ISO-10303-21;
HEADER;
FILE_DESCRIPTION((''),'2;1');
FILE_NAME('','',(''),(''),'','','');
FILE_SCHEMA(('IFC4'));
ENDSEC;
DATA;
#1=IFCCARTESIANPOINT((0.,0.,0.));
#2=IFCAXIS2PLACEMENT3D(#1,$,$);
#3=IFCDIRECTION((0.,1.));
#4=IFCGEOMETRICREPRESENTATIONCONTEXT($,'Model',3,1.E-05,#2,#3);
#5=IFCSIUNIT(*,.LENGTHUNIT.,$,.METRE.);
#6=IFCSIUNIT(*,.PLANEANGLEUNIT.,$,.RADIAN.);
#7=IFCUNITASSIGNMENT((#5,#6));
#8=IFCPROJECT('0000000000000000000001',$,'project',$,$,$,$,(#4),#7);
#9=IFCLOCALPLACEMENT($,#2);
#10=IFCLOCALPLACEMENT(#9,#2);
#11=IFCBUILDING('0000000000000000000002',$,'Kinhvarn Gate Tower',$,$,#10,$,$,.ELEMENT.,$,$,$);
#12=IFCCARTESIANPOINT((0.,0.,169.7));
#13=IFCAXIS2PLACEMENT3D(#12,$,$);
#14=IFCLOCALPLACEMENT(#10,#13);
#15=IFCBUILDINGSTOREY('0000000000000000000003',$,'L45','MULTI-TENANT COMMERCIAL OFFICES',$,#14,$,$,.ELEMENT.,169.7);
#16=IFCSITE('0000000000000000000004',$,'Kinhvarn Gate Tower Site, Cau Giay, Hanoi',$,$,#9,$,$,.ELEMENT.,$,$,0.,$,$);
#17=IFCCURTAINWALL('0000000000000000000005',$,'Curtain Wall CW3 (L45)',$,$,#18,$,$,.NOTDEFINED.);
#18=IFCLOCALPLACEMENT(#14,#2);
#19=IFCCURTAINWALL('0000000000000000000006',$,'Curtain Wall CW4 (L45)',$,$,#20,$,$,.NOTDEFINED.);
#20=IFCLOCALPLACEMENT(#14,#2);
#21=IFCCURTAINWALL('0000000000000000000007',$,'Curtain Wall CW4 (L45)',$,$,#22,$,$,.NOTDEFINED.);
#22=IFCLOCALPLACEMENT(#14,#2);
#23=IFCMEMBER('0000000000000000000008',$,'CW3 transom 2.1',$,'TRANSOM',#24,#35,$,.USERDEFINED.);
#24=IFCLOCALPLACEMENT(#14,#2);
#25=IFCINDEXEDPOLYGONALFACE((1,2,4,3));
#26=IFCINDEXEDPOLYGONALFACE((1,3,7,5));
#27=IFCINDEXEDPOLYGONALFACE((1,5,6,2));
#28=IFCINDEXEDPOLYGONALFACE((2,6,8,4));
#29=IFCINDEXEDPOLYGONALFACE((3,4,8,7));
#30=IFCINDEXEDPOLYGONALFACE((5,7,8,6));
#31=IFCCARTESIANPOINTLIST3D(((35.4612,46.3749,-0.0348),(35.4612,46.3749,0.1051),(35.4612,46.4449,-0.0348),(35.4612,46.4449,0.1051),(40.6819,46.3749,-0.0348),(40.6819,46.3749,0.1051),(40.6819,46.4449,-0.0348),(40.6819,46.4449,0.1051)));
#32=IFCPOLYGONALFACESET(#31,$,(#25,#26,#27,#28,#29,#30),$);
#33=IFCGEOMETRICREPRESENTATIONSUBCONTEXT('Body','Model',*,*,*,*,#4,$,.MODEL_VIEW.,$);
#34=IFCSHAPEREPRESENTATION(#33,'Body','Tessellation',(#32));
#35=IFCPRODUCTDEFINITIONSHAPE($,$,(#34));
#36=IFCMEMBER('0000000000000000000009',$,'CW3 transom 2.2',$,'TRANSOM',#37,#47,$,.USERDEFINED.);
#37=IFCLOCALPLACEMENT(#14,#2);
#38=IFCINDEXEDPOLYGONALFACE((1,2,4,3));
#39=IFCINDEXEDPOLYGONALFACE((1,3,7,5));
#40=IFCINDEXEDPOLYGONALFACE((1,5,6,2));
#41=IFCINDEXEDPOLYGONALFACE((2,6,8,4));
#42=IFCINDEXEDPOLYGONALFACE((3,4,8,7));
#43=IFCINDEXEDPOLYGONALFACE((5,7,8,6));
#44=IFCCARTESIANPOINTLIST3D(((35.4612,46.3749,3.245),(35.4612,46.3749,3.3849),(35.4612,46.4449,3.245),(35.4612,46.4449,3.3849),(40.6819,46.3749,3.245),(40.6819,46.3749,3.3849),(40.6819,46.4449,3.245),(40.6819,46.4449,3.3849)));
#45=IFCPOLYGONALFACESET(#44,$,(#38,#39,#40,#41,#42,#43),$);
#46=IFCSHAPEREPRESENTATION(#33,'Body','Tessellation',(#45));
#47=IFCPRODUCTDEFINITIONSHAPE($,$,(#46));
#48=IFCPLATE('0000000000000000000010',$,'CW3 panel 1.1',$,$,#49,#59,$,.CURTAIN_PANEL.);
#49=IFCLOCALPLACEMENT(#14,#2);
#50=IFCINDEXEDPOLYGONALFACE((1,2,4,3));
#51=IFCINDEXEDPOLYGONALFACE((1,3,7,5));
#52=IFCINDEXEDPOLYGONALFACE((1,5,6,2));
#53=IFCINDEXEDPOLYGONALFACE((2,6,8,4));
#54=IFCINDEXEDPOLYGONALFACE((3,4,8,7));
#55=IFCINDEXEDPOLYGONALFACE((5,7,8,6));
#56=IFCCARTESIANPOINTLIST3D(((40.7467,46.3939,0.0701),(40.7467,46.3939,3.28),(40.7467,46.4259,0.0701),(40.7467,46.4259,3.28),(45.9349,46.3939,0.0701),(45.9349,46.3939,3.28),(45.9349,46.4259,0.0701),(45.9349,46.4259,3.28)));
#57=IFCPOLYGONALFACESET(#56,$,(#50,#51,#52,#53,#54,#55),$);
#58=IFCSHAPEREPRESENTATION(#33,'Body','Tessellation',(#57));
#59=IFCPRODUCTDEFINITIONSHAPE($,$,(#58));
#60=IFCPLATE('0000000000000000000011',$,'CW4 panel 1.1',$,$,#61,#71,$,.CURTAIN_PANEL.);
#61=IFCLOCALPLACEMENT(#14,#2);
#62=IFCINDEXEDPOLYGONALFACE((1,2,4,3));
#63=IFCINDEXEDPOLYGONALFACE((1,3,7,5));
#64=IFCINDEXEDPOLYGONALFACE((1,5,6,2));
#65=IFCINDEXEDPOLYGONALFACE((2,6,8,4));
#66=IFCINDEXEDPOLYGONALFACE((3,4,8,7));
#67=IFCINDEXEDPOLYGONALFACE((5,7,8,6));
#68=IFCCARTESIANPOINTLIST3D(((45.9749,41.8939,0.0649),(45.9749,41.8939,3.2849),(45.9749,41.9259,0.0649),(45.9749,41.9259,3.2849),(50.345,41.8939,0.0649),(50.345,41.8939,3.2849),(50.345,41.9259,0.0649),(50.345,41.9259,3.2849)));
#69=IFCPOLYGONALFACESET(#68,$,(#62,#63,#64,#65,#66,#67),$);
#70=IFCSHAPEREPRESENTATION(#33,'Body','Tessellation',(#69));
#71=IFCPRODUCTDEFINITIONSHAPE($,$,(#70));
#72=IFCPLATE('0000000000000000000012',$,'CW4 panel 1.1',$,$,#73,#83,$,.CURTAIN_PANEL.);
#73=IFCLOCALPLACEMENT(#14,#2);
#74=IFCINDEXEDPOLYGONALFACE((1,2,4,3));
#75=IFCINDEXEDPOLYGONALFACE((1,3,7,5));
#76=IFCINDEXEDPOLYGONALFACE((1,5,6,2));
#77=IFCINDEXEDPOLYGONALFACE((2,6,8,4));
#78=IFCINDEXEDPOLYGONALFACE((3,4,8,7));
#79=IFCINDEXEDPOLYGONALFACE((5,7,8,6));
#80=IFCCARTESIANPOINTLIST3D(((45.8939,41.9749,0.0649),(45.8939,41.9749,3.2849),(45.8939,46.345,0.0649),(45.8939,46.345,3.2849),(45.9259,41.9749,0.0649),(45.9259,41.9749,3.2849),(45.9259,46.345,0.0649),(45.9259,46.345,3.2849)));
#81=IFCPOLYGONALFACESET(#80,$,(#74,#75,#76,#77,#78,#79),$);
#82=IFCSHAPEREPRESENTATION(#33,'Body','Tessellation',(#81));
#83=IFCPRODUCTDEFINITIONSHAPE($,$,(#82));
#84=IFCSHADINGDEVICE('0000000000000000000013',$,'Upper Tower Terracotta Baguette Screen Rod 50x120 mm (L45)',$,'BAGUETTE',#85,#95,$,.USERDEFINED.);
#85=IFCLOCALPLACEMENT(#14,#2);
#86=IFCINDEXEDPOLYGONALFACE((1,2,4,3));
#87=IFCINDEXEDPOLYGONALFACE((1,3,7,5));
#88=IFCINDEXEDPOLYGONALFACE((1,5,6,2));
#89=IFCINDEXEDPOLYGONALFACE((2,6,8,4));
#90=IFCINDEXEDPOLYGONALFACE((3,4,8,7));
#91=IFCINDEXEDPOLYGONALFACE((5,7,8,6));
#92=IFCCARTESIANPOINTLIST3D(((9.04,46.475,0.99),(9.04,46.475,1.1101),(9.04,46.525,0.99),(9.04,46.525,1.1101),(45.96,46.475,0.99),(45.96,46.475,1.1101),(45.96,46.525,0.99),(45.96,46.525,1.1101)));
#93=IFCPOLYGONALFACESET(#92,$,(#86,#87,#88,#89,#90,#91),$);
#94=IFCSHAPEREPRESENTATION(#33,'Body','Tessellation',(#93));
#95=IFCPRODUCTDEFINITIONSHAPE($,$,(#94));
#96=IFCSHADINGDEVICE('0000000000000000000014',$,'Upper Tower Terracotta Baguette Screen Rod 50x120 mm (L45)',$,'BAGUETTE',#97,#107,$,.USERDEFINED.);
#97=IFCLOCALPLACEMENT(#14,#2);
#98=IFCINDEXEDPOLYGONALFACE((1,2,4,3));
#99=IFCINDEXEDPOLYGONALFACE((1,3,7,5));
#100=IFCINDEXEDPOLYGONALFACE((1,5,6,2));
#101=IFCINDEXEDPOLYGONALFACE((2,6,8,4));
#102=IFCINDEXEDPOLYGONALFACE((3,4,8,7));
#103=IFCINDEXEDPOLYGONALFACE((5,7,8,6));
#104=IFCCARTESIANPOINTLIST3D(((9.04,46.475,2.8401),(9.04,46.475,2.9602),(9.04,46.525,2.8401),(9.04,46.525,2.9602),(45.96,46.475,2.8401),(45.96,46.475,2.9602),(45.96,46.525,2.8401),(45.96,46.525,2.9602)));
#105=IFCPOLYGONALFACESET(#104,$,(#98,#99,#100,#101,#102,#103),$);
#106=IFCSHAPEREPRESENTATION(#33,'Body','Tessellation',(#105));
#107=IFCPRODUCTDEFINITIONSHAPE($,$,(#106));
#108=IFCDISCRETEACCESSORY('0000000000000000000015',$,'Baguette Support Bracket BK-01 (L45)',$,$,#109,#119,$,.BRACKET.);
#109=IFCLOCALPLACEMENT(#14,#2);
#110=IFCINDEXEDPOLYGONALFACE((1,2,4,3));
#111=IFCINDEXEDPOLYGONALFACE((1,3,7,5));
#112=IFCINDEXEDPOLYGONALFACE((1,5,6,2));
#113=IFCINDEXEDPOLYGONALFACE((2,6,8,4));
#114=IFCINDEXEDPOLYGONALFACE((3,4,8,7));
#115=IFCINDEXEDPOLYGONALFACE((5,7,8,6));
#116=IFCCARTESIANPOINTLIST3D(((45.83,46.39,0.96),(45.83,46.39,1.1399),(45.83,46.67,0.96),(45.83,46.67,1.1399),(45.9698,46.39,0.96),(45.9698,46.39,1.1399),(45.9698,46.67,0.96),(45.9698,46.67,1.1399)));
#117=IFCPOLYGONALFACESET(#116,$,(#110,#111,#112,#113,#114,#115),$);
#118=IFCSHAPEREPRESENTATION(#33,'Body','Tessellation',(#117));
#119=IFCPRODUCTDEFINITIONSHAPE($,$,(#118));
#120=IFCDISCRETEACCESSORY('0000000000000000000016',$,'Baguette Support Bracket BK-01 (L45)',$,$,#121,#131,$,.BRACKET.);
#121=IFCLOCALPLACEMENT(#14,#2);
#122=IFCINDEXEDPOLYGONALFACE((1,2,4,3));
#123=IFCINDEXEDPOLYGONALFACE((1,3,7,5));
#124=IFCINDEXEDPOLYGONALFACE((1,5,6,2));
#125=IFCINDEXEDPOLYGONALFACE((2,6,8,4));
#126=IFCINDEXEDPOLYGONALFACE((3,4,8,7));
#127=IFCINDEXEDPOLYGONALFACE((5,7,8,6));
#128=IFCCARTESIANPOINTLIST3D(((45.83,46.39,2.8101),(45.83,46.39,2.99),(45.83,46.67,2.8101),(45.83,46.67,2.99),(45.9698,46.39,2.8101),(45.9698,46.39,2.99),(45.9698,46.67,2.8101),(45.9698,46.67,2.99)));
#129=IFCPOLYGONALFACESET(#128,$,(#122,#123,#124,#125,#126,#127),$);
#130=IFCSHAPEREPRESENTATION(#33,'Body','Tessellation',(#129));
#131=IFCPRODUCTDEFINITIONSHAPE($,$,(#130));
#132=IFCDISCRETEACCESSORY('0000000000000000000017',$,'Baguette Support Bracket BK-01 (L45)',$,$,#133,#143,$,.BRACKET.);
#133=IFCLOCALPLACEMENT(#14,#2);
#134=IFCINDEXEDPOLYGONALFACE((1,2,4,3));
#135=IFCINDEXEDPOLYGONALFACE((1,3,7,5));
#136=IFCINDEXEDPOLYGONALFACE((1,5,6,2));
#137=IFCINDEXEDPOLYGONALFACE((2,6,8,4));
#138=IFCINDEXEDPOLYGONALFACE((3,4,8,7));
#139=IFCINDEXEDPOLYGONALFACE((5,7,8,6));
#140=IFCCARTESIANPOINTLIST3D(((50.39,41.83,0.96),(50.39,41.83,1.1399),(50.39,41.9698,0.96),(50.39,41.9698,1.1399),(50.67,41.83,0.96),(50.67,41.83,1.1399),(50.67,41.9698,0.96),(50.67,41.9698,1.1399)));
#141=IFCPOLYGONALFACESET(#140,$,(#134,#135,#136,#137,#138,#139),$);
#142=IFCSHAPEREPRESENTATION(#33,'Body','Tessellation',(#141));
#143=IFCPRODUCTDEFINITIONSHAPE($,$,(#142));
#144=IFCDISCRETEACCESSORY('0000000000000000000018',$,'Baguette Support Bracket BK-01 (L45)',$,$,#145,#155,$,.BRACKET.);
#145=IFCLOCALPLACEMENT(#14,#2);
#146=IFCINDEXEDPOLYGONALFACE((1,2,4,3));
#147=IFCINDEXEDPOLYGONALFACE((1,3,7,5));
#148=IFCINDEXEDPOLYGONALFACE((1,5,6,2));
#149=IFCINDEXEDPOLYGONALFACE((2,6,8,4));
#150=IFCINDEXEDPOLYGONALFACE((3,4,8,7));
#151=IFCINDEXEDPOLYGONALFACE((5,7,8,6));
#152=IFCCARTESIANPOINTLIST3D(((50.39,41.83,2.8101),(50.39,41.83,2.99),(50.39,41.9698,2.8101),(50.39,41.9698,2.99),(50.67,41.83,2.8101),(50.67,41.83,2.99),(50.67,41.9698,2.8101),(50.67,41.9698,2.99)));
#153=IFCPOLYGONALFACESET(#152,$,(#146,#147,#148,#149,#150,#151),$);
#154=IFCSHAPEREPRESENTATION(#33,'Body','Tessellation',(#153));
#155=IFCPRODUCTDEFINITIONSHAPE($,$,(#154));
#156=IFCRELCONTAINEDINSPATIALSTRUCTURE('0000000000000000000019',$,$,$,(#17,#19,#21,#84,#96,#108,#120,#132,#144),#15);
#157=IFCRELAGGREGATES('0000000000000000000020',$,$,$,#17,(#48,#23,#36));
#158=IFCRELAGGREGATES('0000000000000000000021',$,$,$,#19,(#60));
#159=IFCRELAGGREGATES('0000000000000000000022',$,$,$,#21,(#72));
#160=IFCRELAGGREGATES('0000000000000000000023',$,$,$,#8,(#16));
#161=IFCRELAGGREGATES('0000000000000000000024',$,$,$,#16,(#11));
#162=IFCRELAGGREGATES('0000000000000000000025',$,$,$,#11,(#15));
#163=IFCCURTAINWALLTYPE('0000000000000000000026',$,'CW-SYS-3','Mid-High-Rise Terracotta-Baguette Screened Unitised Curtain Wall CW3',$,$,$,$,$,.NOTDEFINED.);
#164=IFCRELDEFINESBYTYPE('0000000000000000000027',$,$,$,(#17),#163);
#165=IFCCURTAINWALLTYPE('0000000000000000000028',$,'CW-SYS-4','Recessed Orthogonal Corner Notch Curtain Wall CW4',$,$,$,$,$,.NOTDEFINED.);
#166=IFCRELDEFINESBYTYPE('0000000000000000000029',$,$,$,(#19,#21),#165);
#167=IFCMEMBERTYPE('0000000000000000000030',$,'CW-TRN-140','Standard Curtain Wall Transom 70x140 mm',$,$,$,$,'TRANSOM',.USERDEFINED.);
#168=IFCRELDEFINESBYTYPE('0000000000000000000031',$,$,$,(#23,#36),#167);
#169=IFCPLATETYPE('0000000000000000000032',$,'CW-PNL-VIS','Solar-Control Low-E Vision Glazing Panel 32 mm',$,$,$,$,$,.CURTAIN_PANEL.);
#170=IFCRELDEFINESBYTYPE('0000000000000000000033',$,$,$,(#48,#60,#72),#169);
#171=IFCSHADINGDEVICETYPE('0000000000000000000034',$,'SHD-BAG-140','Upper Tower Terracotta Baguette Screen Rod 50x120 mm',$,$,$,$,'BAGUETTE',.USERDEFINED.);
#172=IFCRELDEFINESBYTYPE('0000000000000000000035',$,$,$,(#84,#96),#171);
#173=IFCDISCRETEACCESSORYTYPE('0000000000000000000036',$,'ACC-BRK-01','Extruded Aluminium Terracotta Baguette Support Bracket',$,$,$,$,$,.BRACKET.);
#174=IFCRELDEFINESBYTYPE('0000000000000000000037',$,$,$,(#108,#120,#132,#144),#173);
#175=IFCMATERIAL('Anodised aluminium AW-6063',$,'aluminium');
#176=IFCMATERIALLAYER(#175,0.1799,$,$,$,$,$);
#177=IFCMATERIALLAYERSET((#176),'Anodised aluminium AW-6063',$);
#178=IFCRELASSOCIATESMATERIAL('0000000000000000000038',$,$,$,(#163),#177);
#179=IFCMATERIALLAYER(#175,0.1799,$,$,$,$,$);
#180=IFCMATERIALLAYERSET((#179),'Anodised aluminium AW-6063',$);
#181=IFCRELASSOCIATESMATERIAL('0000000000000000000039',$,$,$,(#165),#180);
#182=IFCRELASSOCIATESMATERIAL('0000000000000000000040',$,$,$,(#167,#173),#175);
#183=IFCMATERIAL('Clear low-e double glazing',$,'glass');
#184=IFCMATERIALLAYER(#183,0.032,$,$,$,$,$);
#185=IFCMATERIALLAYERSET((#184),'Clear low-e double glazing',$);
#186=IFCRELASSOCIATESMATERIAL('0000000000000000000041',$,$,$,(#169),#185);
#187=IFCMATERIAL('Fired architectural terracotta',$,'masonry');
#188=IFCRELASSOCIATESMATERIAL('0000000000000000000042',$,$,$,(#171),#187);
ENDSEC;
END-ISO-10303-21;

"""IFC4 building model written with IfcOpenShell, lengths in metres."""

from ifc_helpers import new_model, si_unit, direction, frame, origin, origin_2d, place, context, subcontext, project, spatial, rectangle, extrude, material, layer, layer_set, material_profile, profile_set, type_object, element, aggregate, save


model = new_model("IFC4")

# Units and contexts
model_context = context("Model", 3, precision=1e-05, world=origin(), true_north=direction((0.0, 1.0)))
body_context = subcontext(model_context, "Body", "Model", "MODEL_VIEW")
ifc_project = project(units=[si_unit("LENGTHUNIT", "METRE"), si_unit("PLANEANGLEUNIT", "RADIAN")], contexts=[model_context])

# Site, building, storey
site_placement = place(None, origin())
site = spatial("IfcSite", under=ifc_project, at=site_placement, Name="Kinhvarn Gate Tower Site, Cau Giay, Hanoi", CompositionType="ELEMENT", RefElevation=0.0)
building_placement = place(site_placement, origin())
building = spatial("IfcBuilding", under=site, at=building_placement, Name="Kinhvarn Gate Tower", CompositionType="ELEMENT")
storey_placement = place(building_placement, frame((0.0, 0.0, 169.7)))
storey = spatial("IfcBuildingStorey", under=building, at=storey_placement, Name="L45", Description="MULTI-TENANT COMMERCIAL OFFICES", CompositionType="ELEMENT", Elevation=169.7)

# Curtain wall
ifc_material_1 = material(Name="Anodised aluminium AW-6063", Category="aluminium")
ifc_layer_1 = layer(ifc_material_1, 0.1799)
ifc_layer_set_1 = layer_set([ifc_layer_1], Name="Anodised aluminium AW-6063")
curtain_wall_type_1 = type_object("IfcCurtainWallType", Name="CW-SYS-3", Description="Mid-High-Rise Terracotta-Baguette Screened Unitised Curtain Wall CW3", PredefinedType="NOTDEFINED", material=ifc_layer_set_1)
curtain_wall_1_placement = place(storey_placement, origin())
curtain_wall_1 = element("IfcCurtainWall", 1, at=curtain_wall_1_placement, inside=storey, type_object=curtain_wall_type_1, Name="Curtain Wall CW3 (L45)", PredefinedType="NOTDEFINED")

# Curtain walls
ifc_layer_2 = layer(ifc_material_1, 0.1799)
ifc_layer_set_2 = layer_set([ifc_layer_2], Name="Anodised aluminium AW-6063")
curtain_wall_type_2 = type_object("IfcCurtainWallType", Name="CW-SYS-4", Description="Recessed Orthogonal Corner Notch Curtain Wall CW4", PredefinedType="NOTDEFINED", material=ifc_layer_set_2)
curtain_wall_2_placement = place(storey_placement, origin())
curtain_wall_2 = element("IfcCurtainWall", 2, at=curtain_wall_2_placement, inside=storey, type_object=curtain_wall_type_2, Name="Curtain Wall CW4 (L45)", PredefinedType="NOTDEFINED")
curtain_wall_3_placement = place(storey_placement, origin())
curtain_wall_3 = element("IfcCurtainWall", 3, at=curtain_wall_3_placement, inside=storey, type_object=curtain_wall_type_2, Name="Curtain Wall CW4 (L45)", PredefinedType="NOTDEFINED")

# Members
ifc_material_profile_1 = material_profile(ifc_material_1, rectangle(XDim=0.0701, YDim=0.1399, at=origin_2d()), Name="ALU 70x140")
ifc_profile_set_1 = profile_set([ifc_material_profile_1], Name="Anodised aluminium AW-6063")
member_type_1 = type_object("IfcMemberType", Name="CW-TRN-140", Description="Standard Curtain Wall Transom 70x140 mm", ElementType="TRANSOM", PredefinedType="USERDEFINED", material=ifc_profile_set_1)
member_1_placement = place(storey_placement, frame((40.6819, 46.4099, 0.0352), z_axis=(-1.0, 0.0, 0.0), x_axis=(0.0, -1.0, 0.0)))
member_1 = element("IfcMember", 4, at=member_1_placement, type_object=member_type_1, Name="CW3 transom 2.1", ObjectType="TRANSOM", PredefinedType="USERDEFINED", context=body_context, shape_type="SweptSolid", body=[
    extrude(rectangle(XDim=0.0701, YDim=0.1399, at=origin_2d()), origin(), (0.0, 0.0, 1.0), 5.2207),
])
member_2_placement = place(storey_placement, frame((40.6819, 46.4099, 3.3149), z_axis=(-1.0, 0.0, 0.0), x_axis=(0.0, -1.0, 0.0)))
member_2 = element("IfcMember", 5, at=member_2_placement, type_object=member_type_1, Name="CW3 transom 2.2", ObjectType="TRANSOM", PredefinedType="USERDEFINED", context=body_context, shape_type="SweptSolid", body=[
    extrude(rectangle(XDim=0.0701, YDim=0.1399, at=origin_2d()), origin(), (0.0, 0.0, 1.0), 5.2207),
])

# Plates
ifc_material_2 = material(Name="Clear low-e double glazing", Category="glass")
ifc_layer_3 = layer(ifc_material_2, 0.032)
ifc_layer_set_3 = layer_set([ifc_layer_3], Name="Clear low-e double glazing")
plate_type = type_object("IfcPlateType", Name="CW-PNL-VIS", Description="Solar-Control Low-E Vision Glazing Panel 32 mm", PredefinedType="CURTAIN_PANEL", material=ifc_layer_set_3)
plate_1_placement = place(storey_placement, frame((43.3408, 46.4099, 0.0701), z_axis=(0.0, 0.0, 1.0), x_axis=(-1.0, 0.0, 0.0)))
plate_1 = element("IfcPlate", 6, at=plate_1_placement, type_object=plate_type, Name="CW3 panel 1.1", PredefinedType="CURTAIN_PANEL", context=body_context, shape_type="SweptSolid", body=[
    extrude(rectangle(XDim=5.1882, YDim=0.032, at=origin_2d()), origin(), (0.0, 0.0, 1.0), 3.21),
])
aggregate(curtain_wall_1, [plate_1, member_1, member_2])
plate_2_placement = place(storey_placement, frame((48.1599, 41.9099, 0.0649), z_axis=(0.0, 0.0, 1.0), x_axis=(-1.0, 0.0, 0.0)))
plate_2 = element("IfcPlate", 7, at=plate_2_placement, type_object=plate_type, Name="CW4 panel 1.1", PredefinedType="CURTAIN_PANEL", context=body_context, shape_type="SweptSolid", body=[
    extrude(rectangle(XDim=4.3701, YDim=0.032, at=origin_2d()), origin(), (0.0, 0.0, 1.0), 3.22),
])
aggregate(curtain_wall_2, [plate_2])
plate_3_placement = place(storey_placement, frame((45.9099, 44.1599, 0.0649), z_axis=(0.0, 0.0, 1.0), x_axis=(0.0, 1.0, 0.0)))
plate_3 = element("IfcPlate", 8, at=plate_3_placement, type_object=plate_type, Name="CW4 panel 1.1", PredefinedType="CURTAIN_PANEL", context=body_context, shape_type="SweptSolid", body=[
    extrude(rectangle(XDim=4.3701, YDim=0.032, at=origin_2d()), origin(), (0.0, 0.0, 1.0), 3.22),
])
aggregate(curtain_wall_3, [plate_3])

# Shading devices
ifc_material_3 = material(Name="Fired architectural terracotta", Category="masonry")
ifc_material_profile_2 = material_profile(ifc_material_3, rectangle(XDim=0.05, YDim=0.1201, at=origin_2d()), Name="TC 50x120")
ifc_profile_set_2 = profile_set([ifc_material_profile_2], Name="Fired architectural terracotta")
shading_device_type = type_object("IfcShadingDeviceType", Name="SHD-BAG-140", Description="Upper Tower Terracotta Baguette Screen Rod 50x120 mm", ElementType="BAGUETTE", PredefinedType="USERDEFINED", material=ifc_profile_set_2)
for number, where, z_axis, x_axis, name in (
    (9, (45.96, 46.5, 1.05), (-1.0, 0.0, 0.0), (0.0, -1.0, 0.0), "Upper Tower Terracotta Baguette Screen Rod 50x120 mm (L45)"),
    (10, (45.96, 46.5, 2.9001), (-1.0, 0.0, 0.0), (0.0, -1.0, 0.0), "Upper Tower Terracotta Baguette Screen Rod 50x120 mm (L45)"),
):
    element("IfcShadingDevice", number, at=place(storey_placement, frame(where, z_axis=z_axis, x_axis=x_axis)), inside=storey, type_object=shading_device_type, Name=name, ObjectType="BAGUETTE", PredefinedType="USERDEFINED", context=body_context, shape_type="SweptSolid", body=[
        extrude(rectangle(XDim=0.05, YDim=0.1201, at=origin_2d()), origin(), (0.0, 0.0, 1.0), 36.9199),
    ])

# Discrete accessories
discrete_accessory_type = type_object("IfcDiscreteAccessoryType", Name="ACC-BRK-01", Description="Extruded Aluminium Terracotta Baguette Support Bracket", PredefinedType="BRACKET", material=ifc_material_1)
for number, where, z_axis, x_axis, name in (
    (11, (45.8999, 46.53, 0.96), (0.0, 0.0, 1.0), (-1.0, 0.0, 0.0), "Baguette Support Bracket BK-01 (L45)"),
    (12, (45.8999, 46.53, 2.8101), (0.0, 0.0, 1.0), (-1.0, 0.0, 0.0), "Baguette Support Bracket BK-01 (L45)"),
    (13, (50.53, 41.8999, 0.96), (0.0, 0.0, 1.0), (0.0, 1.0, 0.0), "Baguette Support Bracket BK-01 (L45)"),
    (14, (50.53, 41.8999, 2.8101), (0.0, 0.0, 1.0), (0.0, 1.0, 0.0), "Baguette Support Bracket BK-01 (L45)"),
):
    element("IfcDiscreteAccessory", number, at=place(storey_placement, frame(where, z_axis=z_axis, x_axis=x_axis)), inside=storey, type_object=discrete_accessory_type, Name=name, PredefinedType="BRACKET", context=body_context, shape_type="SweptSolid", body=[
        extrude(rectangle(XDim=0.1399, YDim=0.28, at=origin_2d()), origin(), (0.0, 0.0, 1.0), 0.1799),
    ])

save(model, "model.ifc")
